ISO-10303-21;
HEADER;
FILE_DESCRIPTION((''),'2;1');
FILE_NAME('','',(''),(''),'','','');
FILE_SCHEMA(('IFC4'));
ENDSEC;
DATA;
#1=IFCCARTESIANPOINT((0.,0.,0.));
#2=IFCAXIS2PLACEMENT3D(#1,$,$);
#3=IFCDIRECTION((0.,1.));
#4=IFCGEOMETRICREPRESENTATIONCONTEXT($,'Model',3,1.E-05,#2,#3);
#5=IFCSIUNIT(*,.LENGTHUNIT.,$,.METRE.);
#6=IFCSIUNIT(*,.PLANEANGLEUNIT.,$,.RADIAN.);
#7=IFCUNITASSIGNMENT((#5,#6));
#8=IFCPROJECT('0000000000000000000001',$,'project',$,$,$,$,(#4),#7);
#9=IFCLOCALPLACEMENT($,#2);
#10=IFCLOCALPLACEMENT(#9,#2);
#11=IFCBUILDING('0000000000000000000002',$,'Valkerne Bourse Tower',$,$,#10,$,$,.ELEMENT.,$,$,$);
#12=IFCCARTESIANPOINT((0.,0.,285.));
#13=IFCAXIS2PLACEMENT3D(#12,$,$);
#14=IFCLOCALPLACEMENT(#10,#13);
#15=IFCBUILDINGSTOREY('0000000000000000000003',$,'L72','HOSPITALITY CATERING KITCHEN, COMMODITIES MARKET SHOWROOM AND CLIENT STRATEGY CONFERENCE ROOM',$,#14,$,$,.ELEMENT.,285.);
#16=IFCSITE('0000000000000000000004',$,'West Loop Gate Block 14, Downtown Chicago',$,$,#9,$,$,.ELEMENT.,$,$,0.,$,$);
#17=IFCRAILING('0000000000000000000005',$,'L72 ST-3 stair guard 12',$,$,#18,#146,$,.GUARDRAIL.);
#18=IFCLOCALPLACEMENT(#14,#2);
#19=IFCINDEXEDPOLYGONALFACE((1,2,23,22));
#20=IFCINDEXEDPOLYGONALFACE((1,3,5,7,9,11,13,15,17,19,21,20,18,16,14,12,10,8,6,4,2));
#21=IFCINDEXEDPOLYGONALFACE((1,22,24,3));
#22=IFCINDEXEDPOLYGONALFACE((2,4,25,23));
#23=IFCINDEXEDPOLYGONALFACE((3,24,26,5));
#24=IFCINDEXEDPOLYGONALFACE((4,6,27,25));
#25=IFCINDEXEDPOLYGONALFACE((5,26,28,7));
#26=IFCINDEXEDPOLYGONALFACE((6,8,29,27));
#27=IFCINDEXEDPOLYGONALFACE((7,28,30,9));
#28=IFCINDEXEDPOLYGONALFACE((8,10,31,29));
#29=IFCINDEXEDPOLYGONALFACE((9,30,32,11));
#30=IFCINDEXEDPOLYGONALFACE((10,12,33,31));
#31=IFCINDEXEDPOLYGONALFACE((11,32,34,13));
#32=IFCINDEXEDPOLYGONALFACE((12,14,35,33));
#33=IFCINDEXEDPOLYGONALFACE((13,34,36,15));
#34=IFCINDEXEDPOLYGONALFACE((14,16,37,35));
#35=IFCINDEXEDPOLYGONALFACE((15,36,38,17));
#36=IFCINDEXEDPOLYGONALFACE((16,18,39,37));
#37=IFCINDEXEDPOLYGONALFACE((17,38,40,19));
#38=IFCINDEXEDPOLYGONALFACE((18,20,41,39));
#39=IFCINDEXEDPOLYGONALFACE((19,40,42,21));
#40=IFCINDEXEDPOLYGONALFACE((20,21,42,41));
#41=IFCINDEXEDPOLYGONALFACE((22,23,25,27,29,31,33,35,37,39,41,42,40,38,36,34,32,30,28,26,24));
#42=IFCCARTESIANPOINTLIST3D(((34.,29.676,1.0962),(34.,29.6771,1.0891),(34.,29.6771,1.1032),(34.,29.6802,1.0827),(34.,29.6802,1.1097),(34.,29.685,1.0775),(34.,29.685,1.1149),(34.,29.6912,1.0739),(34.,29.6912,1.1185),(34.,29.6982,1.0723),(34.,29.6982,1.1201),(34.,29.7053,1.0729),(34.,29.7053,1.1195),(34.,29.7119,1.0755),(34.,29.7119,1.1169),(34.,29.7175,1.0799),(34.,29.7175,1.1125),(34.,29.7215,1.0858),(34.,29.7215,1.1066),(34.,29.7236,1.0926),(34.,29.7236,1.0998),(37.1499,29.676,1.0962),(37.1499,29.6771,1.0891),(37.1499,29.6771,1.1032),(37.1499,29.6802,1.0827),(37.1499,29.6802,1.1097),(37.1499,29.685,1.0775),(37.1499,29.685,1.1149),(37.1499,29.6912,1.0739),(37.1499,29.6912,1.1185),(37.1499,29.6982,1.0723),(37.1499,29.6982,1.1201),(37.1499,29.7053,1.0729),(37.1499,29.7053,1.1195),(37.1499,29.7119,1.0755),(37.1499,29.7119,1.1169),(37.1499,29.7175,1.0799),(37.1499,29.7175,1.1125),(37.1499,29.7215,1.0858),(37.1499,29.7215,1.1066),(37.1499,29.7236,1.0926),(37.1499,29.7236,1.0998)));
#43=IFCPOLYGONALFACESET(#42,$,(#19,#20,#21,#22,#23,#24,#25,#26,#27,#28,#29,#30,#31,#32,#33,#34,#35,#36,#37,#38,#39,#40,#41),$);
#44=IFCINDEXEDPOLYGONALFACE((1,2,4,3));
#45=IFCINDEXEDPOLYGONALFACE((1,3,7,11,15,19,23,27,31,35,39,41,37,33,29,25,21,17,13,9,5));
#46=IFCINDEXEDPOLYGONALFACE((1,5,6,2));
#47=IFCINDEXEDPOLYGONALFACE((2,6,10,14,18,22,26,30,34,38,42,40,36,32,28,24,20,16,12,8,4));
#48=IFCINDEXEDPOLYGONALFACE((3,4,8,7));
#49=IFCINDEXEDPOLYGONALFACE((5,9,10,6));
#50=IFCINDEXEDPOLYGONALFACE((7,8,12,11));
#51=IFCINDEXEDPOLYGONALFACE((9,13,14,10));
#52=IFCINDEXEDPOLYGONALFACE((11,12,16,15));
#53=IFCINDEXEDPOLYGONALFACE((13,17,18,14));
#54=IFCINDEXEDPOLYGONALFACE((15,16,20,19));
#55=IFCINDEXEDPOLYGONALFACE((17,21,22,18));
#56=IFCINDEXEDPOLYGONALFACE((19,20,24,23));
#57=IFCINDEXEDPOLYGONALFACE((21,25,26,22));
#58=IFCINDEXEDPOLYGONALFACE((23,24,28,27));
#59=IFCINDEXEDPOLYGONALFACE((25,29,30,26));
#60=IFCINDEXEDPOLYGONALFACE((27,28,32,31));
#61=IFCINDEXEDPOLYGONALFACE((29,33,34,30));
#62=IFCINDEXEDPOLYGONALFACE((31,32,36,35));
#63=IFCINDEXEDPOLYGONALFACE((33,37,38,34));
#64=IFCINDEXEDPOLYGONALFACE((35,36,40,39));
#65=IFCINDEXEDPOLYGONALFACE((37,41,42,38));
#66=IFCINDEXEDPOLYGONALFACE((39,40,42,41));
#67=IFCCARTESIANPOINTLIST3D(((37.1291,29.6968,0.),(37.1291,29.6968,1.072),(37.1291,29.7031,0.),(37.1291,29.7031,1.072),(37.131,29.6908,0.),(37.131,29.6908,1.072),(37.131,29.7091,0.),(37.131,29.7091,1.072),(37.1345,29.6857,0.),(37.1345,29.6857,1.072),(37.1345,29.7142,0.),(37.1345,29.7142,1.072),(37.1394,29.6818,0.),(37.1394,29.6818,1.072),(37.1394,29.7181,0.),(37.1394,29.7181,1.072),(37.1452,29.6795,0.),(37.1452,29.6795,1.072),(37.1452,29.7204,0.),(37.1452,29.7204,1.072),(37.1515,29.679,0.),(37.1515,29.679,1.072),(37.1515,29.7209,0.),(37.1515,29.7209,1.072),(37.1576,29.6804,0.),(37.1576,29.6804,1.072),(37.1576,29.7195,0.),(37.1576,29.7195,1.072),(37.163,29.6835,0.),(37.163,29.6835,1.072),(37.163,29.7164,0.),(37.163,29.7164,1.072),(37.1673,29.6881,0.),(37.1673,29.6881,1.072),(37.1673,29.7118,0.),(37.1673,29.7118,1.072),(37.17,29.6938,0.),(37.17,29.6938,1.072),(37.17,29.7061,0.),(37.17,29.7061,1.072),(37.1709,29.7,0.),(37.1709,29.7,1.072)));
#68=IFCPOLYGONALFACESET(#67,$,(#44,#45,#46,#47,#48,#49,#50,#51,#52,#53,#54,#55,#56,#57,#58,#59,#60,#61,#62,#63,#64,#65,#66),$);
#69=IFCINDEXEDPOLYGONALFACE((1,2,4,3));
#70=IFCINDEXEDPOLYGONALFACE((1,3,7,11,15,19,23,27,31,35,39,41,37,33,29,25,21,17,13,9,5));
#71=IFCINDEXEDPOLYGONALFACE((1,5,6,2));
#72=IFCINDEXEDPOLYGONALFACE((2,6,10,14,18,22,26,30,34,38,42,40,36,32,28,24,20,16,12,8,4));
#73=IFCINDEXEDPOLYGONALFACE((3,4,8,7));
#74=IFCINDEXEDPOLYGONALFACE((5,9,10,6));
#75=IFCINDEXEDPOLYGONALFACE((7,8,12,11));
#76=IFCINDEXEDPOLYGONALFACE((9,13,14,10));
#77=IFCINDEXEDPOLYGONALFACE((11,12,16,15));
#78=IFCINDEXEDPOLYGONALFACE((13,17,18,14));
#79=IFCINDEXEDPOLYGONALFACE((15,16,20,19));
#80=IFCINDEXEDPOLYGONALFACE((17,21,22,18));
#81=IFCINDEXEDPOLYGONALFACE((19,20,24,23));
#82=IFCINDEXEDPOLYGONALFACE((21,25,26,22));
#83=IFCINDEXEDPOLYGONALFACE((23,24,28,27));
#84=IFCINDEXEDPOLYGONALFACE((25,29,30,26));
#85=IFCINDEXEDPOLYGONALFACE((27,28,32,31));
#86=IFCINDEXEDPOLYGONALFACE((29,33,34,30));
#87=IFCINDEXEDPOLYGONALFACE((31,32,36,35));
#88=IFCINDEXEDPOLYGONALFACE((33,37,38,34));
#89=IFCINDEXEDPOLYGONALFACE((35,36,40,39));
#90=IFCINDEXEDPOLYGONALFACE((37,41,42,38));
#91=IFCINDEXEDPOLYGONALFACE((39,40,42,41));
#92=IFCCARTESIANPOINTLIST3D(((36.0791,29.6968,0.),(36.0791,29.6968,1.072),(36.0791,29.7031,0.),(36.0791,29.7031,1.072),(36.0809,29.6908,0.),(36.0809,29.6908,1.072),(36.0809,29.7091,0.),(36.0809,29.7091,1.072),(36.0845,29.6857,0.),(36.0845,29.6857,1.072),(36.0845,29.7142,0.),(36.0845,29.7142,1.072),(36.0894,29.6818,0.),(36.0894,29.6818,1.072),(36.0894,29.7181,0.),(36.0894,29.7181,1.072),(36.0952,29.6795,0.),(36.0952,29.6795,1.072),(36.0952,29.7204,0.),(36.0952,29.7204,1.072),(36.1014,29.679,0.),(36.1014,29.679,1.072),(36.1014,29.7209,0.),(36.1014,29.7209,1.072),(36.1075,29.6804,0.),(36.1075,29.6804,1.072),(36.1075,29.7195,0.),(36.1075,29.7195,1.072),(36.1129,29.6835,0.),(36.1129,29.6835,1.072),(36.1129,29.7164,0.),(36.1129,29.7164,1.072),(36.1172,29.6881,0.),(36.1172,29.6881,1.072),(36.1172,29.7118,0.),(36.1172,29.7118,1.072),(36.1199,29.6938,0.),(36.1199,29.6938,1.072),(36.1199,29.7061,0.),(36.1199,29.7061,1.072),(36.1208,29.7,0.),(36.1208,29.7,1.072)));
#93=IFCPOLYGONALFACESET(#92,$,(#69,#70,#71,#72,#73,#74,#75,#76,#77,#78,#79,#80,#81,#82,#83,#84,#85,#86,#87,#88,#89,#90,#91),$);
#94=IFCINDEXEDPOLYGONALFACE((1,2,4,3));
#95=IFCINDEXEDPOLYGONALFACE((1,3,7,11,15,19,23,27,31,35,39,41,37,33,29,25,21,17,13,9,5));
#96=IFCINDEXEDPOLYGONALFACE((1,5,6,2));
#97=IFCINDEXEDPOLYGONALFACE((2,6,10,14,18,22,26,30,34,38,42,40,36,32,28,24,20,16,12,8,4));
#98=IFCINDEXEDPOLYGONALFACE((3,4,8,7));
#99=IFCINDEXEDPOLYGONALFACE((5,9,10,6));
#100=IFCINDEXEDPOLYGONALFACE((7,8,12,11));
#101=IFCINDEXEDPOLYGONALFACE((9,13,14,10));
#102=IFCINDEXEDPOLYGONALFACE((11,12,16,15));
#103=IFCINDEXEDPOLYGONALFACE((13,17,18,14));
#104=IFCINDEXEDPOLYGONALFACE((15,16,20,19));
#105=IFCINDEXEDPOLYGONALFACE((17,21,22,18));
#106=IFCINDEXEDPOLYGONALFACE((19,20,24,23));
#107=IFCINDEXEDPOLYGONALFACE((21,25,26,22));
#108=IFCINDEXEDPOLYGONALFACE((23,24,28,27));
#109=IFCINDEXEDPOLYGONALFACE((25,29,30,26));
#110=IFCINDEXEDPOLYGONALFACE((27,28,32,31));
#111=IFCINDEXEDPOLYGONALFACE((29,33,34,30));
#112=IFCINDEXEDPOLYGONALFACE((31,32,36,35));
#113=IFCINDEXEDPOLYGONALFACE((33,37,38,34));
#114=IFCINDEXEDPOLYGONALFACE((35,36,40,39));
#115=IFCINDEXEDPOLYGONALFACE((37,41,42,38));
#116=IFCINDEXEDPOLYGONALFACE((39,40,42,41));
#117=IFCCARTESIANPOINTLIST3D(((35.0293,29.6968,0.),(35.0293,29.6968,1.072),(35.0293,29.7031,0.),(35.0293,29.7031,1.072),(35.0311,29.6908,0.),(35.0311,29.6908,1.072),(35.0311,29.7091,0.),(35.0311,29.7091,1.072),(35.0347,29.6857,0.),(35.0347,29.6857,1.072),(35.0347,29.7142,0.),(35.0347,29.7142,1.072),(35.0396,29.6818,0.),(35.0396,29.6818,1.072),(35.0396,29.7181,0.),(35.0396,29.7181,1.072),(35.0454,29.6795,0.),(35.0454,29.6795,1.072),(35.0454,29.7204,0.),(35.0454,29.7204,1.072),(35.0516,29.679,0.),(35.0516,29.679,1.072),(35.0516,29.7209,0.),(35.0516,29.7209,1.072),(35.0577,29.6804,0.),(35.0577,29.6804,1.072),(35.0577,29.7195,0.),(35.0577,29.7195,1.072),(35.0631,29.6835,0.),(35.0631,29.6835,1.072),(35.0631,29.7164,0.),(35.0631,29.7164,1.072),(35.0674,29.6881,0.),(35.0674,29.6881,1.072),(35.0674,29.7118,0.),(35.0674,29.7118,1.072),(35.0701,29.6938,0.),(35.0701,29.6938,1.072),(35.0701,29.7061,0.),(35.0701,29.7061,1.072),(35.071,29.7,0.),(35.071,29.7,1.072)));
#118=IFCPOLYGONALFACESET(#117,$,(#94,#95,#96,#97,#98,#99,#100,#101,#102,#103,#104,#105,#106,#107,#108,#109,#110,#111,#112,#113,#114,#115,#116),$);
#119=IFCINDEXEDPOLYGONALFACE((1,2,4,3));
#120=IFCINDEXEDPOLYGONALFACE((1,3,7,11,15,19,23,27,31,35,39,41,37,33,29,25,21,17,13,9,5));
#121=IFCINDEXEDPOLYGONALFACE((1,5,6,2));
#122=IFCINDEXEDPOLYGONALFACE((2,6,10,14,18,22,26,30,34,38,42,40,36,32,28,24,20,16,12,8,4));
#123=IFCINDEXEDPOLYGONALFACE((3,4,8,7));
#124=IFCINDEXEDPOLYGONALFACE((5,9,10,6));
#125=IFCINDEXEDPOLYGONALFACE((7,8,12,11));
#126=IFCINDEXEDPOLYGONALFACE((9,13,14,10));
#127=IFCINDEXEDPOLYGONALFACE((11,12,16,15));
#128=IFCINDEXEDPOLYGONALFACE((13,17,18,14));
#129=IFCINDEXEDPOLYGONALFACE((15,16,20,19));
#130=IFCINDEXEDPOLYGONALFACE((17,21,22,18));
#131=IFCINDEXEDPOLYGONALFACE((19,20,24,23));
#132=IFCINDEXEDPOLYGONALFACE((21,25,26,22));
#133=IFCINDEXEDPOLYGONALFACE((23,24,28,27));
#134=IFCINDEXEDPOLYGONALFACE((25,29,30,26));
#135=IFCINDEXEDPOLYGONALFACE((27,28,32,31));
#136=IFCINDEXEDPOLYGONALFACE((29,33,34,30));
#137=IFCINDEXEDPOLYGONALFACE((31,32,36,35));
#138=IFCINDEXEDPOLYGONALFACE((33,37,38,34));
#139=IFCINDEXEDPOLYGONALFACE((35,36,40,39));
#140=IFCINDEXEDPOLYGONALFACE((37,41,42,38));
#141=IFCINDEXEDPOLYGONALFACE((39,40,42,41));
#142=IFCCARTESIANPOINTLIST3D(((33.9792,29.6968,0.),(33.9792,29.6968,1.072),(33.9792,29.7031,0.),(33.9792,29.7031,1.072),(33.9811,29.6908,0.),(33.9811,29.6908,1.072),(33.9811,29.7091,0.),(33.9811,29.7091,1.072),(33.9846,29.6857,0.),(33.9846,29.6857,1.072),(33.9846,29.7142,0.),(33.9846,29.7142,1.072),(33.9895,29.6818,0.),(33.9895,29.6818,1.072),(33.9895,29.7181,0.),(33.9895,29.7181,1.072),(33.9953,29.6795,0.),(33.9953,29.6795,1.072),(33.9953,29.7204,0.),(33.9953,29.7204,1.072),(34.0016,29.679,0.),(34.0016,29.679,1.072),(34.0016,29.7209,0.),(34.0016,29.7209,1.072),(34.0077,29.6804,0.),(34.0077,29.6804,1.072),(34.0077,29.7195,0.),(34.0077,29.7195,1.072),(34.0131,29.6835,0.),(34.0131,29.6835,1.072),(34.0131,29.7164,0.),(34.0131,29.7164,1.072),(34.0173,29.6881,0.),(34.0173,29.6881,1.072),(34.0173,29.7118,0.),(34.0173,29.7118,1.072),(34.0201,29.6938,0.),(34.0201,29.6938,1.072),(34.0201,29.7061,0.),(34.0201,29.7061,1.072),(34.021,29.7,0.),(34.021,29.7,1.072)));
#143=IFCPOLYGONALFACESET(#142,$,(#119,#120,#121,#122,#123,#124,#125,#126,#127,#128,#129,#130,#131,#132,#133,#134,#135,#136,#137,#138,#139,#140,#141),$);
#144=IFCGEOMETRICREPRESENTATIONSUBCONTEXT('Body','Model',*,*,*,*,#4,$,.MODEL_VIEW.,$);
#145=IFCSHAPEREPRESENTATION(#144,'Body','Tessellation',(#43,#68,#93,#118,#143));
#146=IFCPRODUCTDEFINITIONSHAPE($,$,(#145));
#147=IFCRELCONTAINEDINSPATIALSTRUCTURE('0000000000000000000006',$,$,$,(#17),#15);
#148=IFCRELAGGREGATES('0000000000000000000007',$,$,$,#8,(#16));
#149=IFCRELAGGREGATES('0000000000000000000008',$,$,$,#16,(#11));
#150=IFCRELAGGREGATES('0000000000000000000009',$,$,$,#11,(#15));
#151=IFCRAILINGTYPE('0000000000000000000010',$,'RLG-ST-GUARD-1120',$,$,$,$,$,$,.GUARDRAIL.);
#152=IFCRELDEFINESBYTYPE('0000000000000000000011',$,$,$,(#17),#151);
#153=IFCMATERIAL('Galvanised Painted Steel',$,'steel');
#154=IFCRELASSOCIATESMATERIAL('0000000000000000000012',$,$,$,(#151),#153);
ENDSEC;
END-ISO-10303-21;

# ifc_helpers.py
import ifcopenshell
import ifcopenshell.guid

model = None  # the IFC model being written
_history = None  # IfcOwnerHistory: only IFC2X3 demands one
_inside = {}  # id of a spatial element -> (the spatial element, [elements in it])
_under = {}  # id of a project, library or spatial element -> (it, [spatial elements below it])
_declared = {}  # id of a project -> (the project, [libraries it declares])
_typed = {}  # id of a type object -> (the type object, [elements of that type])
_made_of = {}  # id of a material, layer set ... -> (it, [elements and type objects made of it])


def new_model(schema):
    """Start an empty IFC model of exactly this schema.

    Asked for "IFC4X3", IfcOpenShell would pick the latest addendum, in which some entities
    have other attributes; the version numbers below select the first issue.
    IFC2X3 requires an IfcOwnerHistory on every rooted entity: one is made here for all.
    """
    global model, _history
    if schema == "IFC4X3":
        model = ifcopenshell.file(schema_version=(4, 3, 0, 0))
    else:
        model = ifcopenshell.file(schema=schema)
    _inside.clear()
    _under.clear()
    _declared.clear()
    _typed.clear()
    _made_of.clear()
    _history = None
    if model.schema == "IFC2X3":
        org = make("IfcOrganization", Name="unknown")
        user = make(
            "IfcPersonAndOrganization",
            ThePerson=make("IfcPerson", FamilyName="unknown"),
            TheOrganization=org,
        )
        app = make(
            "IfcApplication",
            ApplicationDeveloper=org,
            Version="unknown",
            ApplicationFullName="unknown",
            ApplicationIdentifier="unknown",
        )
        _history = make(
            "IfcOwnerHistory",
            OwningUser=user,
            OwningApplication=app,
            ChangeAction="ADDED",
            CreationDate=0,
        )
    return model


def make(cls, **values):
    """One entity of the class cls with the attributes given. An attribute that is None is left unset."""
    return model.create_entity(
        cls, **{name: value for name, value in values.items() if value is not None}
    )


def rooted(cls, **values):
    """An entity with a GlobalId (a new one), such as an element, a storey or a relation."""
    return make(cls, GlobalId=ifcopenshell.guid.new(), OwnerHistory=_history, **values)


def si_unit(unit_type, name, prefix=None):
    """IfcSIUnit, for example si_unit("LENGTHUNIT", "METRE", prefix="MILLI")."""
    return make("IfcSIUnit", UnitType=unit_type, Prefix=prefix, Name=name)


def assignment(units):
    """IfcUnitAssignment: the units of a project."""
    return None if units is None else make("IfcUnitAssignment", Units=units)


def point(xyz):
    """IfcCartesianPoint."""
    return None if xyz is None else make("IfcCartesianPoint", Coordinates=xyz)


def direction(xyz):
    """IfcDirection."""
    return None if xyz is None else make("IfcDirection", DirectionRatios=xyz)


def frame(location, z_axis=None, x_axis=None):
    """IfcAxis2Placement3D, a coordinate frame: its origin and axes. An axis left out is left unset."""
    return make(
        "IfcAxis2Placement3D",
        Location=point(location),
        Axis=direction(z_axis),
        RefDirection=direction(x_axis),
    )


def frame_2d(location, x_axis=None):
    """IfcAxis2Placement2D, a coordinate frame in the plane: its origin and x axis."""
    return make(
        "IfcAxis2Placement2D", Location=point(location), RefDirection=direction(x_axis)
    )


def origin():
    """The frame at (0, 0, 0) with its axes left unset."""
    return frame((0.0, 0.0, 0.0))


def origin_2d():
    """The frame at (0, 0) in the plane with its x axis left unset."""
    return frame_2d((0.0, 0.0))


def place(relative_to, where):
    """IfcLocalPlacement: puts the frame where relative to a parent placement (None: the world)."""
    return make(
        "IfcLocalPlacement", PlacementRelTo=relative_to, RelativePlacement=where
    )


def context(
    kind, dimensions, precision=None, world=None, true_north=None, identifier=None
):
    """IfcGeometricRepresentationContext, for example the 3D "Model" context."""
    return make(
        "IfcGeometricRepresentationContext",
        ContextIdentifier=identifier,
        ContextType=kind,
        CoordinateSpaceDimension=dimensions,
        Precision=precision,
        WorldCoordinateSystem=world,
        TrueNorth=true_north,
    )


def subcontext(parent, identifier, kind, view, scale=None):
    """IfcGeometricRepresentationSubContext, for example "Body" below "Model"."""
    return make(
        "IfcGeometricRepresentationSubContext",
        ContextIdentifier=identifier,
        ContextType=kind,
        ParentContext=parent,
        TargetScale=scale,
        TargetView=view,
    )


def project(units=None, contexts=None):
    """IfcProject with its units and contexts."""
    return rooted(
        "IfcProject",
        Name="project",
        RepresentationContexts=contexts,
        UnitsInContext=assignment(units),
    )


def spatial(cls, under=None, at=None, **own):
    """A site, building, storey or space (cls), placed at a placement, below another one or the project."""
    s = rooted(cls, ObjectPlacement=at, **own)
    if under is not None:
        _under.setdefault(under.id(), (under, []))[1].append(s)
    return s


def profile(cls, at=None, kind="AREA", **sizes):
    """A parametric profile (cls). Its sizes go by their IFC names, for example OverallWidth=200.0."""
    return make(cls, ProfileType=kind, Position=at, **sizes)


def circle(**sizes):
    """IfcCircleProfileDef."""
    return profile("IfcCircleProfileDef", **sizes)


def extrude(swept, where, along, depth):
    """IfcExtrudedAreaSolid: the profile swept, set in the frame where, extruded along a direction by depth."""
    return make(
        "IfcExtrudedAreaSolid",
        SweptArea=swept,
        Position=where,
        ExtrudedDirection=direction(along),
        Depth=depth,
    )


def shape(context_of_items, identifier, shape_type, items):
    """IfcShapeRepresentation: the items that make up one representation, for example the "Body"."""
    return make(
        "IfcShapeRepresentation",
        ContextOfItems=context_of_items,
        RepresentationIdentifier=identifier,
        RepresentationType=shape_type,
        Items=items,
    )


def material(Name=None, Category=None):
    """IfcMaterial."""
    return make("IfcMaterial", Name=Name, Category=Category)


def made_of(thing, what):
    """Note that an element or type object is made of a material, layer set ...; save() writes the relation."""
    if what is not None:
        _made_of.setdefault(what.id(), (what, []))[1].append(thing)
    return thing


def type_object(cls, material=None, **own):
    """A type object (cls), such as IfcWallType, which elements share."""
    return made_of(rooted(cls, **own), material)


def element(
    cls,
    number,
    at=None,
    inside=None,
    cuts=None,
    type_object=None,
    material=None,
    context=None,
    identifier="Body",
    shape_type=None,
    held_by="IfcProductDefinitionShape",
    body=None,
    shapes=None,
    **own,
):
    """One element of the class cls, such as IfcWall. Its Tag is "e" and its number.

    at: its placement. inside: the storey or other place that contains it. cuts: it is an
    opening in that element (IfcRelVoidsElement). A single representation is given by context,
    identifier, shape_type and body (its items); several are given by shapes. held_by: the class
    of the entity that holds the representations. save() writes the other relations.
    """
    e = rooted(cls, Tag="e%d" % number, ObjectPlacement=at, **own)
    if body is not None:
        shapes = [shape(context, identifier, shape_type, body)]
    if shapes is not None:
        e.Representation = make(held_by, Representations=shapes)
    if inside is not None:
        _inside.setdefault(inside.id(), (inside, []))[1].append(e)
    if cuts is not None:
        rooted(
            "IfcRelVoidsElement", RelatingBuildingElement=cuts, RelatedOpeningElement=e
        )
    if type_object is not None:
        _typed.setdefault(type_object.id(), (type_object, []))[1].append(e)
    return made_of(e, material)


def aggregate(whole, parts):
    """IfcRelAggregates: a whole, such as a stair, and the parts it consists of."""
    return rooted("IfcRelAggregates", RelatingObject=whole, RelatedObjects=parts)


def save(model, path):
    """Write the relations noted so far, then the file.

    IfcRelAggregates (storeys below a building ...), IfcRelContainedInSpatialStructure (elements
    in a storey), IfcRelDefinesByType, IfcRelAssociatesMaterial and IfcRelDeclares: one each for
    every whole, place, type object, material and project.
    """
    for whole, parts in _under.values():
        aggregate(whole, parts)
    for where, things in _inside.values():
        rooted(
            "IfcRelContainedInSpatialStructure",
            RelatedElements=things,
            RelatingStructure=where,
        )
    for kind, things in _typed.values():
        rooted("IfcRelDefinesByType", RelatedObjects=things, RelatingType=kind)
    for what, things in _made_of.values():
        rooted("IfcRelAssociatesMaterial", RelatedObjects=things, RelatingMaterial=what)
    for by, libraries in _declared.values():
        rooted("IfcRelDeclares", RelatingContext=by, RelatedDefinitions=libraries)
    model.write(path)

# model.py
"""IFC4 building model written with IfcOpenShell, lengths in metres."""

from ifc_helpers import new_model, si_unit, direction, frame, origin, origin_2d, place, context, subcontext, project, spatial, circle, extrude, material, type_object, element, save


model = new_model("IFC4")

# Units and contexts
model_context = context("Model", 3, precision=1e-05, world=origin(), true_north=direction((0.0, 1.0)))
body_context = subcontext(model_context, "Body", "Model", "MODEL_VIEW")
ifc_project = project(units=[si_unit("LENGTHUNIT", "METRE"), si_unit("PLANEANGLEUNIT", "RADIAN")], contexts=[model_context])

# Site, building, storey
site_placement = place(None, origin())
site = spatial("IfcSite", under=ifc_project, at=site_placement, Name="West Loop Gate Block 14, Downtown Chicago", CompositionType="ELEMENT", RefElevation=0.0)
building_placement = place(site_placement, origin())
building = spatial("IfcBuilding", under=site, at=building_placement, Name="Valkerne Bourse Tower", CompositionType="ELEMENT")
storey_placement = place(building_placement, frame((0.0, 0.0, 285.0)))
storey = spatial("IfcBuildingStorey", under=building, at=storey_placement, Name="L72", Description="HOSPITALITY CATERING KITCHEN, COMMODITIES MARKET SHOWROOM AND CLIENT STRATEGY CONFERENCE ROOM", CompositionType="ELEMENT", Elevation=285.0)

# Railing
ifc_material_1 = material(Name="Galvanised Painted Steel", Category="steel")
railing_type_1 = type_object("IfcRailingType", Name="RLG-ST-GUARD-1120", PredefinedType="GUARDRAIL", material=ifc_material_1)
railing_1_placement = place(storey_placement, frame((37.1499, 29.7, 0.0)))
element("IfcRailing", 1, at=railing_1_placement, inside=storey, type_object=railing_type_1, Name="L72 ST-3 stair guard 12", PredefinedType="GUARDRAIL", context=body_context, shape_type="SweptSolid", body=[
    extrude(circle(Radius=0.0239, at=origin_2d()), frame((0.0, 0.0, 1.0962), z_axis=(-1.0, 0.0, 0.0), x_axis=(0.0, -1.0, 0.0)), (0.0, 0.0, 1.0), 3.1499),
    extrude(circle(Radius=0.021, at=origin_2d()), origin(), (0.0, 0.0, 1.0), 1.072),
    extrude(circle(Radius=0.021, at=origin_2d()), frame((-1.05, 0.0, 0.0)), (0.0, 0.0, 1.0), 1.072),
    extrude(circle(Radius=0.021, at=origin_2d()), frame((-2.0999, 0.0, 0.0)), (0.0, 0.0, 1.0), 1.072),
    extrude(circle(Radius=0.021, at=origin_2d()), frame((-3.1499, 0.0, 0.0)), (0.0, 0.0, 1.0), 1.072),
])

save(model, "model.ifc")
